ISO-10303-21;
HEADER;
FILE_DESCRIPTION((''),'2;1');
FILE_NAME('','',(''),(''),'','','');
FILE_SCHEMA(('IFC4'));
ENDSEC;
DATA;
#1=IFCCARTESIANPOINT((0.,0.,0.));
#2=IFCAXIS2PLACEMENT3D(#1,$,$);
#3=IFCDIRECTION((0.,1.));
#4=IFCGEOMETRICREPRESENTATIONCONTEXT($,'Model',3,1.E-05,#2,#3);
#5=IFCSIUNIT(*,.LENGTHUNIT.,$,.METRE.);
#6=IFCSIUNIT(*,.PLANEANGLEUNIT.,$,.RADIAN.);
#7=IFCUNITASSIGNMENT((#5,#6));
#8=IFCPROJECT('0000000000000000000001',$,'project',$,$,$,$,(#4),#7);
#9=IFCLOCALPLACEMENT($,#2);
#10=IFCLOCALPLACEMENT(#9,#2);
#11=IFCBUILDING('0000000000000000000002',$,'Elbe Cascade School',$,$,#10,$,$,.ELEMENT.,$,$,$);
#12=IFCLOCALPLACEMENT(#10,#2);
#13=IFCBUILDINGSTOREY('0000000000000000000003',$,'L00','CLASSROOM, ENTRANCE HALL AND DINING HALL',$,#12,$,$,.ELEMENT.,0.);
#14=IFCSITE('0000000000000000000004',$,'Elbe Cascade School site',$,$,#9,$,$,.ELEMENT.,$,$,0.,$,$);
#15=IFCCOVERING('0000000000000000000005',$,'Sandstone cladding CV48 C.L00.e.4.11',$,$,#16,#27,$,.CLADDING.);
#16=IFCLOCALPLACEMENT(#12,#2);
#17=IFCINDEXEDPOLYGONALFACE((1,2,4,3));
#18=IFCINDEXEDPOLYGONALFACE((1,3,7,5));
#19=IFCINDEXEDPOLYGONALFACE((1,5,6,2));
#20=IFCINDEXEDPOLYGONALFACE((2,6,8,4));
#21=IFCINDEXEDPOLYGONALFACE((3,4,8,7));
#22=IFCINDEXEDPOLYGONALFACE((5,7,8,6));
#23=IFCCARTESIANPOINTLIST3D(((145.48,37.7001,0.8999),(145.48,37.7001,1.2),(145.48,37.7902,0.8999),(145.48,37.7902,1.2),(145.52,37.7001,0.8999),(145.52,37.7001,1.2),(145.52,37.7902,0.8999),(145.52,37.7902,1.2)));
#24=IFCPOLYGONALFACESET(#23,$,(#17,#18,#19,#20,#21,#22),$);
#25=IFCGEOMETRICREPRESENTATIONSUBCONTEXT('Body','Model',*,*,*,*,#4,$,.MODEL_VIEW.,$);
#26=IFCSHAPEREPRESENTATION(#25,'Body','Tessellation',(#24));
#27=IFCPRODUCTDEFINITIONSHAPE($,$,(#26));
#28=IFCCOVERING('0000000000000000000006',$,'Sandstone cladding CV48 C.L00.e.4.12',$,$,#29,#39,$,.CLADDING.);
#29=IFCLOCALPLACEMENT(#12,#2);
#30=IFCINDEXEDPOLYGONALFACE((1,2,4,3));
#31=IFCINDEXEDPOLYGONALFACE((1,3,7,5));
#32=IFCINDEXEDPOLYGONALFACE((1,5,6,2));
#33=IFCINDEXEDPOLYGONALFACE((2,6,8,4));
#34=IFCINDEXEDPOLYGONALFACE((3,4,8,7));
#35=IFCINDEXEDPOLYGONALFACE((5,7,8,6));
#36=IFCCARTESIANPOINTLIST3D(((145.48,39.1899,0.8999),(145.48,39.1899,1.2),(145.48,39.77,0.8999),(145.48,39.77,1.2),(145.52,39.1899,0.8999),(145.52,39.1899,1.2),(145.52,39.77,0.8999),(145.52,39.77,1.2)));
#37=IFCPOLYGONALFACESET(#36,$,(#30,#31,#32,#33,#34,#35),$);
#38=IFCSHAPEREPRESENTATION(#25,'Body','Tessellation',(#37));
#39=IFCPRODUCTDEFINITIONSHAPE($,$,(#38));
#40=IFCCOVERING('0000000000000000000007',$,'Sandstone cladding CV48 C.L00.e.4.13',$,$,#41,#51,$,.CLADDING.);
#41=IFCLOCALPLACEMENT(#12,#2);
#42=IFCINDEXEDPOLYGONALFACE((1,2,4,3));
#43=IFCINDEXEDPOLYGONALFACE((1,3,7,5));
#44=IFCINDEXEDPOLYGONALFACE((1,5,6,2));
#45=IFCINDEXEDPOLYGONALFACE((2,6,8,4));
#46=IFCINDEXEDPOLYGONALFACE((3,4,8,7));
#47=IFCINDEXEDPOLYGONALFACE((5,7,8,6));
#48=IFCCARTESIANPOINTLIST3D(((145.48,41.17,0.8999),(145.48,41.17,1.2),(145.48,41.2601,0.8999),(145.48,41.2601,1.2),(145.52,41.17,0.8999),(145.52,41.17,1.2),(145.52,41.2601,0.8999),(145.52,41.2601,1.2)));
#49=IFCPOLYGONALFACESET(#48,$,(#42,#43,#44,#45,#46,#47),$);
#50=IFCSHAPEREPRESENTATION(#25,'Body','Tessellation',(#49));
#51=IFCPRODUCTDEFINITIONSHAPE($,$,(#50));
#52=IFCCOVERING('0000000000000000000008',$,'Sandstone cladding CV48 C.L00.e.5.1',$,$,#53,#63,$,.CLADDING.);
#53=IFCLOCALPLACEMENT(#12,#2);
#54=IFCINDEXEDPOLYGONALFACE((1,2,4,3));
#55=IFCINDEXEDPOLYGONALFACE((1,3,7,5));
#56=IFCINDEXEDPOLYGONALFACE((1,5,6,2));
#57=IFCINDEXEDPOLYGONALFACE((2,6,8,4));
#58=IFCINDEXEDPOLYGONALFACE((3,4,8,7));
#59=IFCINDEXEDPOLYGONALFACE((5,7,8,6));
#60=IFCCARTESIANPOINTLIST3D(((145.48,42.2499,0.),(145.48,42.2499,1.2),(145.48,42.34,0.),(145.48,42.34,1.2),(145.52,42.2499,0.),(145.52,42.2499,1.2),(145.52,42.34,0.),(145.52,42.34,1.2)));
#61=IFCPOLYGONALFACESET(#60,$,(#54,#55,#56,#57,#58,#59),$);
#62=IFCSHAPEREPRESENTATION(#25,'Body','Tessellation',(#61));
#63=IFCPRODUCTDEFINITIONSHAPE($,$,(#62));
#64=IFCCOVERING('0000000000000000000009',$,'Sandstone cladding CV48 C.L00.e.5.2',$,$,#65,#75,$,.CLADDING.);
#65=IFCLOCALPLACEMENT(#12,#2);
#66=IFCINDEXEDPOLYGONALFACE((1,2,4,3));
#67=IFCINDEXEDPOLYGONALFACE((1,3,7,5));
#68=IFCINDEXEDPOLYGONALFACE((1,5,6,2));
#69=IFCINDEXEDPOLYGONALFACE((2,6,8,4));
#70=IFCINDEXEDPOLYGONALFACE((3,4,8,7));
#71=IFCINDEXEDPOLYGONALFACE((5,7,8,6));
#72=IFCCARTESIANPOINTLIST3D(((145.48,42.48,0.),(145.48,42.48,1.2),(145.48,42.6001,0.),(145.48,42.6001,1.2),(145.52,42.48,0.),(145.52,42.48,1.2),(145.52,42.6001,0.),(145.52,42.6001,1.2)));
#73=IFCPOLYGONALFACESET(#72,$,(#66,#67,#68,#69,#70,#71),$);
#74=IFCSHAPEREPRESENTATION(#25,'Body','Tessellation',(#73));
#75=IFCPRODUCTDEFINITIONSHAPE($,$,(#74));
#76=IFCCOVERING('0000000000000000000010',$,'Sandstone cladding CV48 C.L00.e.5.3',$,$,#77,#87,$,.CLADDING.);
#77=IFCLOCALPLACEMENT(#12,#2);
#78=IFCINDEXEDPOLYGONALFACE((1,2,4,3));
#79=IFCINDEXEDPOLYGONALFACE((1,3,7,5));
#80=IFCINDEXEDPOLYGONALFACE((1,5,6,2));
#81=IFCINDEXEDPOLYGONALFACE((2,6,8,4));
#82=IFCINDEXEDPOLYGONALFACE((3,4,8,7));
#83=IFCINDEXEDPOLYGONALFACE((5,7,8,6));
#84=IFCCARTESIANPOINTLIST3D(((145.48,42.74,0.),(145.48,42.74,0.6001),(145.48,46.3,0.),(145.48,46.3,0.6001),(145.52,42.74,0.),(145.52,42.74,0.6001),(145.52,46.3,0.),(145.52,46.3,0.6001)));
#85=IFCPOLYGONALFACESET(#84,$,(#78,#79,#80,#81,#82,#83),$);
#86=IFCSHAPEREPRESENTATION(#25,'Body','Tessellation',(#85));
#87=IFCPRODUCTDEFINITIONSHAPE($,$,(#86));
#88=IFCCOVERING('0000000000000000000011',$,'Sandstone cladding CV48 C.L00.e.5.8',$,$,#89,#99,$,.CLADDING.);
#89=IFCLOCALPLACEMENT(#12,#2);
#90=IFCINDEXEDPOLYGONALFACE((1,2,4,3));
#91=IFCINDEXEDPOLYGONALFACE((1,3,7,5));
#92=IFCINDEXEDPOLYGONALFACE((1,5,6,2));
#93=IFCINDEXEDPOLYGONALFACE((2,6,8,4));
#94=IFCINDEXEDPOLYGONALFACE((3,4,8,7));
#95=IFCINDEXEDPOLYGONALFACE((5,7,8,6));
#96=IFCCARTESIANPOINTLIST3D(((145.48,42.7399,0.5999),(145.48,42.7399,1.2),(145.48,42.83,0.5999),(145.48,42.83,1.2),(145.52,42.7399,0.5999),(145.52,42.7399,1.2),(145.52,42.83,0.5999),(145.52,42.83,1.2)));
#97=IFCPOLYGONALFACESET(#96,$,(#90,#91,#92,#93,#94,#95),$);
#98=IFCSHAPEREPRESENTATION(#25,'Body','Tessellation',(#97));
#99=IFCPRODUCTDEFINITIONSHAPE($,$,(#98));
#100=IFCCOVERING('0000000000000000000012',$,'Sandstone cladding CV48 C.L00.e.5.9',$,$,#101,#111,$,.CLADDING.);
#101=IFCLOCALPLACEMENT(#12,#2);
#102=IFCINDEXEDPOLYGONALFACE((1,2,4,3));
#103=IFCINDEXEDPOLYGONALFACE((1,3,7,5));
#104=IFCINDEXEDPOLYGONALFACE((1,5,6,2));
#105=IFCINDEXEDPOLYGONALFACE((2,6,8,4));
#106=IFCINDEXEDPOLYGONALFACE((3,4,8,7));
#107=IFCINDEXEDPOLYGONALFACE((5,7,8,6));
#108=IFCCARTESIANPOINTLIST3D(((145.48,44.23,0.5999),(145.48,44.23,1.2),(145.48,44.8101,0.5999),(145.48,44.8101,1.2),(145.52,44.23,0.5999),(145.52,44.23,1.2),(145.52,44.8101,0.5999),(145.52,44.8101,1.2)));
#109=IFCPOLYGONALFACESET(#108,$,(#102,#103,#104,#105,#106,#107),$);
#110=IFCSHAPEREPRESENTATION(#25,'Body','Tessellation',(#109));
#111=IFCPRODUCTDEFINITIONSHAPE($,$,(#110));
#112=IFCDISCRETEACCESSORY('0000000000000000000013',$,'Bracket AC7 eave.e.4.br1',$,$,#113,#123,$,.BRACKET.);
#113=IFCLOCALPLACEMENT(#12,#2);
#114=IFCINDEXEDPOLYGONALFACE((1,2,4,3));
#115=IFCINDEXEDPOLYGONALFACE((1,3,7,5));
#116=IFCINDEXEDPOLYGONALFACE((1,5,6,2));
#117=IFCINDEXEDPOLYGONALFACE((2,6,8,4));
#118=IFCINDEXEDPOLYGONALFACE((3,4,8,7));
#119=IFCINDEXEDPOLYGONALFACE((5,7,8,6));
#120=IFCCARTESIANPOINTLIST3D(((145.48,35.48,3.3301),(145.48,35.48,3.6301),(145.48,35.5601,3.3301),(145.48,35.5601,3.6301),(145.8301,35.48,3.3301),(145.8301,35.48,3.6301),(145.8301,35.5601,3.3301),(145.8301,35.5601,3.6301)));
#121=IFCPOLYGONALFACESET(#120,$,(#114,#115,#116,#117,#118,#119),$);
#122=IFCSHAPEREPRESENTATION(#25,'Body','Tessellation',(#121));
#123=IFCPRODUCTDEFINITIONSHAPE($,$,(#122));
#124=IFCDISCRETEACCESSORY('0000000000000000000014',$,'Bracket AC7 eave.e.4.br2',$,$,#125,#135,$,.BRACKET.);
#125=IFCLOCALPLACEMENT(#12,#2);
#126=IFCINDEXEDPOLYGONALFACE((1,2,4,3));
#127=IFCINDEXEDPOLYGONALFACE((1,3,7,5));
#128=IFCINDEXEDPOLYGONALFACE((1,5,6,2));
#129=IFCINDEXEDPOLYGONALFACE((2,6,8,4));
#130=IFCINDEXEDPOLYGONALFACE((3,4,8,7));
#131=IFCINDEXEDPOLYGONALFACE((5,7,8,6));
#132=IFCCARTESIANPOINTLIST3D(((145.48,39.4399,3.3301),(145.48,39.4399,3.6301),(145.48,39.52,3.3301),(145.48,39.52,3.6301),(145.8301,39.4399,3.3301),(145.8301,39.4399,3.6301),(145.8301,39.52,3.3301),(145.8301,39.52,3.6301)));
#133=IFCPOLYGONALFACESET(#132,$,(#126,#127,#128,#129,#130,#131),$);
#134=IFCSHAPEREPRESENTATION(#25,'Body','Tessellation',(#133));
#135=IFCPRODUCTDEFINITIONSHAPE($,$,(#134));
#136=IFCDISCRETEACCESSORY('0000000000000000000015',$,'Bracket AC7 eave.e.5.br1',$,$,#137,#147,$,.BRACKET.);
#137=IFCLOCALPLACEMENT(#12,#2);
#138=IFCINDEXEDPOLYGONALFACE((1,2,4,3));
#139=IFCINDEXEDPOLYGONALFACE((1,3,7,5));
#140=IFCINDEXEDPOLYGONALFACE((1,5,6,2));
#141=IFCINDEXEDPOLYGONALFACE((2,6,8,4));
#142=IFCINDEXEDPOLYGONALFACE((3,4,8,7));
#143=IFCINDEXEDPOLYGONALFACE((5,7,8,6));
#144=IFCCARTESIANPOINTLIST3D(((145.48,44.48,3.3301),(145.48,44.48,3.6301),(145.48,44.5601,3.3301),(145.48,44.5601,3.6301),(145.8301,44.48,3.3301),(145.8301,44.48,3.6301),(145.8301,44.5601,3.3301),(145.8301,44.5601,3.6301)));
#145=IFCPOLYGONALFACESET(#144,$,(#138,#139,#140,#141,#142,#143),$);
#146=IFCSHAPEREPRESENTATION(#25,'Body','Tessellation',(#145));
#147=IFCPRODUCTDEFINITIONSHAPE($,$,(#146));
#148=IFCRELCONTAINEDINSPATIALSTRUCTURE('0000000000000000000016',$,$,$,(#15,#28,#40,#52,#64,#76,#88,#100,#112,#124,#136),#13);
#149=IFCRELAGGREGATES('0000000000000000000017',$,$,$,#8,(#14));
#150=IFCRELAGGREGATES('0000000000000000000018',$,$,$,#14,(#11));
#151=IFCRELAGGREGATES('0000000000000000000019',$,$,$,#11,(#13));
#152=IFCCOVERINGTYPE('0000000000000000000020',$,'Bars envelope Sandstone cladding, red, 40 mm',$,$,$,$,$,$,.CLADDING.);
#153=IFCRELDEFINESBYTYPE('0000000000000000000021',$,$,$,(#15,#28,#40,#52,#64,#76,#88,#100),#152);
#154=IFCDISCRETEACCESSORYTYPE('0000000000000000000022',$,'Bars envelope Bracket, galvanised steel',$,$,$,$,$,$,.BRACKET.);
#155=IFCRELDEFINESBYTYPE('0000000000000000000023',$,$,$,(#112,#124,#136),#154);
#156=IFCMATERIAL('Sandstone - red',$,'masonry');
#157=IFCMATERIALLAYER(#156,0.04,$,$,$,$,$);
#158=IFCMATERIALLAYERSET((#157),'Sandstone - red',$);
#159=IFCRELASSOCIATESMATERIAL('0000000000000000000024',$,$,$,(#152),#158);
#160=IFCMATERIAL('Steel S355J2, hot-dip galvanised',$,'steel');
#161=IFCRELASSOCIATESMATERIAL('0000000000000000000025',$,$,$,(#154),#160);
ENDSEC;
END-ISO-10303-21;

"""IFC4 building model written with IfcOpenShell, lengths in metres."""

from ifc_helpers import new_model, si_unit, direction, frame, origin, origin_2d, place, context, subcontext, project, spatial, rectangle, extrude, material, layer, layer_set, type_object, element, save


model = new_model("IFC4")

# Units and contexts
model_context = context("Model", 3, precision=1e-05, world=origin(), true_north=direction((0.0, 1.0)))
body_context = subcontext(model_context, "Body", "Model", "MODEL_VIEW")
ifc_project = project(units=[si_unit("LENGTHUNIT", "METRE"), si_unit("PLANEANGLEUNIT", "RADIAN")], contexts=[model_context])

# Site, building, storey
site_placement = place(None, origin())
site = spatial("IfcSite", under=ifc_project, at=site_placement, Name="Elbe Cascade School site", CompositionType="ELEMENT", RefElevation=0.0)
building_placement = place(site_placement, origin())
building = spatial("IfcBuilding", under=site, at=building_placement, Name="Elbe Cascade School", CompositionType="ELEMENT")
storey_placement = place(building_placement, origin())
storey = spatial("IfcBuildingStorey", under=building, at=storey_placement, Name="L00", Description="CLASSROOM, ENTRANCE HALL AND DINING HALL", CompositionType="ELEMENT", Elevation=0.0)

# Coverings
ifc_material_1 = material(Name="Sandstone - red", Category="masonry")
ifc_layer = layer(ifc_material_1, 0.04)
ifc_layer_set = layer_set([ifc_layer], Name="Sandstone - red")
covering_type_1 = type_object("IfcCoveringType", Name="Bars envelope Sandstone cladding, red, 40 mm", PredefinedType="CLADDING", material=ifc_layer_set)
for number, where, z_axis, x_axis, name in (
    (1, (145.5, 37.7451, 0.8999), (0.0, 0.0, 1.0), (0.0, 1.0, 0.0), "Sandstone cladding CV48 C.L00.e.4.11"),
):
    element("IfcCovering", number, at=place(storey_placement, frame(where, z_axis=z_axis, x_axis=x_axis)), inside=storey, type_object=covering_type_1, Name=name, PredefinedType="CLADDING", context=body_context, shape_type="SweptSolid", body=[
        extrude(rectangle(XDim=0.0901, YDim=0.04, at=origin_2d()), origin(), (0.0, 0.0, 1.0), 0.3),
    ])
covering_1_placement = place(storey_placement, frame((145.5, 39.48, 0.8999), z_axis=(0.0, 0.0, 1.0), x_axis=(0.0, 1.0, 0.0)))
element("IfcCovering", 2, at=covering_1_placement, inside=storey, type_object=covering_type_1, Name="Sandstone cladding CV48 C.L00.e.4.12", PredefinedType="CLADDING", context=body_context, shape_type="SweptSolid", body=[
    extrude(rectangle(XDim=0.5801, YDim=0.04, at=origin_2d()), origin(), (0.0, 0.0, 1.0), 0.3),
])
covering_2_placement = place(storey_placement, frame((145.5, 41.2151, 0.8999), z_axis=(0.0, 0.0, 1.0), x_axis=(0.0, 1.0, 0.0)))
element("IfcCovering", 3, at=covering_2_placement, inside=storey, type_object=covering_type_1, Name="Sandstone cladding CV48 C.L00.e.4.13", PredefinedType="CLADDING", context=body_context, shape_type="SweptSolid", body=[
    extrude(rectangle(XDim=0.0901, YDim=0.04, at=origin_2d()), origin(), (0.0, 0.0, 1.0), 0.3),
])
covering_3_placement = place(storey_placement, frame((145.5, 42.2949, 0.0), z_axis=(0.0, 0.0, 1.0), x_axis=(0.0, 1.0, 0.0)))
element("IfcCovering", 4, at=covering_3_placement, inside=storey, type_object=covering_type_1, Name="Sandstone cladding CV48 C.L00.e.5.1", PredefinedType="CLADDING", context=body_context, shape_type="SweptSolid", body=[
    extrude(rectangle(XDim=0.0901, YDim=0.04, at=origin_2d()), origin(), (0.0, 0.0, 1.0), 1.2),
])
covering_4_placement = place(storey_placement, frame((145.5, 42.54, 0.0), z_axis=(0.0, 0.0, 1.0), x_axis=(0.0, 1.0, 0.0)))
element("IfcCovering", 5, at=covering_4_placement, inside=storey, type_object=covering_type_1, Name="Sandstone cladding CV48 C.L00.e.5.2", PredefinedType="CLADDING", context=body_context, shape_type="SweptSolid", body=[
    extrude(rectangle(XDim=0.1201, YDim=0.04, at=origin_2d()), origin(), (0.0, 0.0, 1.0), 1.2),
])
covering_5_placement = place(storey_placement, frame((145.5, 44.52, 0.0), z_axis=(0.0, 0.0, 1.0), x_axis=(0.0, 1.0, 0.0)))
element("IfcCovering", 6, at=covering_5_placement, inside=storey, type_object=covering_type_1, Name="Sandstone cladding CV48 C.L00.e.5.3", PredefinedType="CLADDING", context=body_context, shape_type="SweptSolid", body=[
    extrude(rectangle(XDim=3.5601, YDim=0.04, at=origin_2d()), origin(), (0.0, 0.0, 1.0), 0.6001),
])
covering_6_placement = place(storey_placement, frame((145.5, 42.7849, 0.5999), z_axis=(0.0, 0.0, 1.0), x_axis=(0.0, 1.0, 0.0)))
element("IfcCovering", 7, at=covering_6_placement, inside=storey, type_object=covering_type_1, Name="Sandstone cladding CV48 C.L00.e.5.8", PredefinedType="CLADDING", context=body_context, shape_type="SweptSolid", body=[
    extrude(rectangle(XDim=0.0901, YDim=0.04, at=origin_2d()), origin(), (0.0, 0.0, 1.0), 0.6001),
])
covering_7_placement = place(storey_placement, frame((145.5, 44.52, 0.5999), z_axis=(0.0, 0.0, 1.0), x_axis=(0.0, 1.0, 0.0)))
element("IfcCovering", 8, at=covering_7_placement, inside=storey, type_object=covering_type_1, Name="Sandstone cladding CV48 C.L00.e.5.9", PredefinedType="CLADDING", context=body_context, shape_type="SweptSolid", body=[
    extrude(rectangle(XDim=0.5801, YDim=0.04, at=origin_2d()), origin(), (0.0, 0.0, 1.0), 0.6001),
])

# Discrete accessories
ifc_material_2 = material(Name="Steel S355J2, hot-dip galvanised", Category="steel")
discrete_accessory_type = type_object("IfcDiscreteAccessoryType", Name="Bars envelope Bracket, galvanised steel", PredefinedType="BRACKET", material=ifc_material_2)
for number, where, z_axis, x_axis, name in (
    (9, (145.655, 35.52, 3.3301), (0.0, 0.0, 1.0), (0.0, 1.0, 0.0), "Bracket AC7 eave.e.4.br1"),
    (10, (145.655, 39.48, 3.3301), (0.0, 0.0, 1.0), (0.0, 1.0, 0.0), "Bracket AC7 eave.e.4.br2"),
    (11, (145.655, 44.52, 3.3301), (0.0, 0.0, 1.0), (0.0, 1.0, 0.0), "Bracket AC7 eave.e.5.br1"),
):
    element("IfcDiscreteAccessory", number, at=place(storey_placement, frame(where, z_axis=z_axis, x_axis=x_axis)), inside=storey, type_object=discrete_accessory_type, Name=name, PredefinedType="BRACKET", context=body_context, shape_type="SweptSolid", body=[
        extrude(rectangle(XDim=0.0801, YDim=0.3501, at=origin_2d()), origin(), (0.0, 0.0, 1.0), 0.3),
    ])

save(model, "model.ifc")
